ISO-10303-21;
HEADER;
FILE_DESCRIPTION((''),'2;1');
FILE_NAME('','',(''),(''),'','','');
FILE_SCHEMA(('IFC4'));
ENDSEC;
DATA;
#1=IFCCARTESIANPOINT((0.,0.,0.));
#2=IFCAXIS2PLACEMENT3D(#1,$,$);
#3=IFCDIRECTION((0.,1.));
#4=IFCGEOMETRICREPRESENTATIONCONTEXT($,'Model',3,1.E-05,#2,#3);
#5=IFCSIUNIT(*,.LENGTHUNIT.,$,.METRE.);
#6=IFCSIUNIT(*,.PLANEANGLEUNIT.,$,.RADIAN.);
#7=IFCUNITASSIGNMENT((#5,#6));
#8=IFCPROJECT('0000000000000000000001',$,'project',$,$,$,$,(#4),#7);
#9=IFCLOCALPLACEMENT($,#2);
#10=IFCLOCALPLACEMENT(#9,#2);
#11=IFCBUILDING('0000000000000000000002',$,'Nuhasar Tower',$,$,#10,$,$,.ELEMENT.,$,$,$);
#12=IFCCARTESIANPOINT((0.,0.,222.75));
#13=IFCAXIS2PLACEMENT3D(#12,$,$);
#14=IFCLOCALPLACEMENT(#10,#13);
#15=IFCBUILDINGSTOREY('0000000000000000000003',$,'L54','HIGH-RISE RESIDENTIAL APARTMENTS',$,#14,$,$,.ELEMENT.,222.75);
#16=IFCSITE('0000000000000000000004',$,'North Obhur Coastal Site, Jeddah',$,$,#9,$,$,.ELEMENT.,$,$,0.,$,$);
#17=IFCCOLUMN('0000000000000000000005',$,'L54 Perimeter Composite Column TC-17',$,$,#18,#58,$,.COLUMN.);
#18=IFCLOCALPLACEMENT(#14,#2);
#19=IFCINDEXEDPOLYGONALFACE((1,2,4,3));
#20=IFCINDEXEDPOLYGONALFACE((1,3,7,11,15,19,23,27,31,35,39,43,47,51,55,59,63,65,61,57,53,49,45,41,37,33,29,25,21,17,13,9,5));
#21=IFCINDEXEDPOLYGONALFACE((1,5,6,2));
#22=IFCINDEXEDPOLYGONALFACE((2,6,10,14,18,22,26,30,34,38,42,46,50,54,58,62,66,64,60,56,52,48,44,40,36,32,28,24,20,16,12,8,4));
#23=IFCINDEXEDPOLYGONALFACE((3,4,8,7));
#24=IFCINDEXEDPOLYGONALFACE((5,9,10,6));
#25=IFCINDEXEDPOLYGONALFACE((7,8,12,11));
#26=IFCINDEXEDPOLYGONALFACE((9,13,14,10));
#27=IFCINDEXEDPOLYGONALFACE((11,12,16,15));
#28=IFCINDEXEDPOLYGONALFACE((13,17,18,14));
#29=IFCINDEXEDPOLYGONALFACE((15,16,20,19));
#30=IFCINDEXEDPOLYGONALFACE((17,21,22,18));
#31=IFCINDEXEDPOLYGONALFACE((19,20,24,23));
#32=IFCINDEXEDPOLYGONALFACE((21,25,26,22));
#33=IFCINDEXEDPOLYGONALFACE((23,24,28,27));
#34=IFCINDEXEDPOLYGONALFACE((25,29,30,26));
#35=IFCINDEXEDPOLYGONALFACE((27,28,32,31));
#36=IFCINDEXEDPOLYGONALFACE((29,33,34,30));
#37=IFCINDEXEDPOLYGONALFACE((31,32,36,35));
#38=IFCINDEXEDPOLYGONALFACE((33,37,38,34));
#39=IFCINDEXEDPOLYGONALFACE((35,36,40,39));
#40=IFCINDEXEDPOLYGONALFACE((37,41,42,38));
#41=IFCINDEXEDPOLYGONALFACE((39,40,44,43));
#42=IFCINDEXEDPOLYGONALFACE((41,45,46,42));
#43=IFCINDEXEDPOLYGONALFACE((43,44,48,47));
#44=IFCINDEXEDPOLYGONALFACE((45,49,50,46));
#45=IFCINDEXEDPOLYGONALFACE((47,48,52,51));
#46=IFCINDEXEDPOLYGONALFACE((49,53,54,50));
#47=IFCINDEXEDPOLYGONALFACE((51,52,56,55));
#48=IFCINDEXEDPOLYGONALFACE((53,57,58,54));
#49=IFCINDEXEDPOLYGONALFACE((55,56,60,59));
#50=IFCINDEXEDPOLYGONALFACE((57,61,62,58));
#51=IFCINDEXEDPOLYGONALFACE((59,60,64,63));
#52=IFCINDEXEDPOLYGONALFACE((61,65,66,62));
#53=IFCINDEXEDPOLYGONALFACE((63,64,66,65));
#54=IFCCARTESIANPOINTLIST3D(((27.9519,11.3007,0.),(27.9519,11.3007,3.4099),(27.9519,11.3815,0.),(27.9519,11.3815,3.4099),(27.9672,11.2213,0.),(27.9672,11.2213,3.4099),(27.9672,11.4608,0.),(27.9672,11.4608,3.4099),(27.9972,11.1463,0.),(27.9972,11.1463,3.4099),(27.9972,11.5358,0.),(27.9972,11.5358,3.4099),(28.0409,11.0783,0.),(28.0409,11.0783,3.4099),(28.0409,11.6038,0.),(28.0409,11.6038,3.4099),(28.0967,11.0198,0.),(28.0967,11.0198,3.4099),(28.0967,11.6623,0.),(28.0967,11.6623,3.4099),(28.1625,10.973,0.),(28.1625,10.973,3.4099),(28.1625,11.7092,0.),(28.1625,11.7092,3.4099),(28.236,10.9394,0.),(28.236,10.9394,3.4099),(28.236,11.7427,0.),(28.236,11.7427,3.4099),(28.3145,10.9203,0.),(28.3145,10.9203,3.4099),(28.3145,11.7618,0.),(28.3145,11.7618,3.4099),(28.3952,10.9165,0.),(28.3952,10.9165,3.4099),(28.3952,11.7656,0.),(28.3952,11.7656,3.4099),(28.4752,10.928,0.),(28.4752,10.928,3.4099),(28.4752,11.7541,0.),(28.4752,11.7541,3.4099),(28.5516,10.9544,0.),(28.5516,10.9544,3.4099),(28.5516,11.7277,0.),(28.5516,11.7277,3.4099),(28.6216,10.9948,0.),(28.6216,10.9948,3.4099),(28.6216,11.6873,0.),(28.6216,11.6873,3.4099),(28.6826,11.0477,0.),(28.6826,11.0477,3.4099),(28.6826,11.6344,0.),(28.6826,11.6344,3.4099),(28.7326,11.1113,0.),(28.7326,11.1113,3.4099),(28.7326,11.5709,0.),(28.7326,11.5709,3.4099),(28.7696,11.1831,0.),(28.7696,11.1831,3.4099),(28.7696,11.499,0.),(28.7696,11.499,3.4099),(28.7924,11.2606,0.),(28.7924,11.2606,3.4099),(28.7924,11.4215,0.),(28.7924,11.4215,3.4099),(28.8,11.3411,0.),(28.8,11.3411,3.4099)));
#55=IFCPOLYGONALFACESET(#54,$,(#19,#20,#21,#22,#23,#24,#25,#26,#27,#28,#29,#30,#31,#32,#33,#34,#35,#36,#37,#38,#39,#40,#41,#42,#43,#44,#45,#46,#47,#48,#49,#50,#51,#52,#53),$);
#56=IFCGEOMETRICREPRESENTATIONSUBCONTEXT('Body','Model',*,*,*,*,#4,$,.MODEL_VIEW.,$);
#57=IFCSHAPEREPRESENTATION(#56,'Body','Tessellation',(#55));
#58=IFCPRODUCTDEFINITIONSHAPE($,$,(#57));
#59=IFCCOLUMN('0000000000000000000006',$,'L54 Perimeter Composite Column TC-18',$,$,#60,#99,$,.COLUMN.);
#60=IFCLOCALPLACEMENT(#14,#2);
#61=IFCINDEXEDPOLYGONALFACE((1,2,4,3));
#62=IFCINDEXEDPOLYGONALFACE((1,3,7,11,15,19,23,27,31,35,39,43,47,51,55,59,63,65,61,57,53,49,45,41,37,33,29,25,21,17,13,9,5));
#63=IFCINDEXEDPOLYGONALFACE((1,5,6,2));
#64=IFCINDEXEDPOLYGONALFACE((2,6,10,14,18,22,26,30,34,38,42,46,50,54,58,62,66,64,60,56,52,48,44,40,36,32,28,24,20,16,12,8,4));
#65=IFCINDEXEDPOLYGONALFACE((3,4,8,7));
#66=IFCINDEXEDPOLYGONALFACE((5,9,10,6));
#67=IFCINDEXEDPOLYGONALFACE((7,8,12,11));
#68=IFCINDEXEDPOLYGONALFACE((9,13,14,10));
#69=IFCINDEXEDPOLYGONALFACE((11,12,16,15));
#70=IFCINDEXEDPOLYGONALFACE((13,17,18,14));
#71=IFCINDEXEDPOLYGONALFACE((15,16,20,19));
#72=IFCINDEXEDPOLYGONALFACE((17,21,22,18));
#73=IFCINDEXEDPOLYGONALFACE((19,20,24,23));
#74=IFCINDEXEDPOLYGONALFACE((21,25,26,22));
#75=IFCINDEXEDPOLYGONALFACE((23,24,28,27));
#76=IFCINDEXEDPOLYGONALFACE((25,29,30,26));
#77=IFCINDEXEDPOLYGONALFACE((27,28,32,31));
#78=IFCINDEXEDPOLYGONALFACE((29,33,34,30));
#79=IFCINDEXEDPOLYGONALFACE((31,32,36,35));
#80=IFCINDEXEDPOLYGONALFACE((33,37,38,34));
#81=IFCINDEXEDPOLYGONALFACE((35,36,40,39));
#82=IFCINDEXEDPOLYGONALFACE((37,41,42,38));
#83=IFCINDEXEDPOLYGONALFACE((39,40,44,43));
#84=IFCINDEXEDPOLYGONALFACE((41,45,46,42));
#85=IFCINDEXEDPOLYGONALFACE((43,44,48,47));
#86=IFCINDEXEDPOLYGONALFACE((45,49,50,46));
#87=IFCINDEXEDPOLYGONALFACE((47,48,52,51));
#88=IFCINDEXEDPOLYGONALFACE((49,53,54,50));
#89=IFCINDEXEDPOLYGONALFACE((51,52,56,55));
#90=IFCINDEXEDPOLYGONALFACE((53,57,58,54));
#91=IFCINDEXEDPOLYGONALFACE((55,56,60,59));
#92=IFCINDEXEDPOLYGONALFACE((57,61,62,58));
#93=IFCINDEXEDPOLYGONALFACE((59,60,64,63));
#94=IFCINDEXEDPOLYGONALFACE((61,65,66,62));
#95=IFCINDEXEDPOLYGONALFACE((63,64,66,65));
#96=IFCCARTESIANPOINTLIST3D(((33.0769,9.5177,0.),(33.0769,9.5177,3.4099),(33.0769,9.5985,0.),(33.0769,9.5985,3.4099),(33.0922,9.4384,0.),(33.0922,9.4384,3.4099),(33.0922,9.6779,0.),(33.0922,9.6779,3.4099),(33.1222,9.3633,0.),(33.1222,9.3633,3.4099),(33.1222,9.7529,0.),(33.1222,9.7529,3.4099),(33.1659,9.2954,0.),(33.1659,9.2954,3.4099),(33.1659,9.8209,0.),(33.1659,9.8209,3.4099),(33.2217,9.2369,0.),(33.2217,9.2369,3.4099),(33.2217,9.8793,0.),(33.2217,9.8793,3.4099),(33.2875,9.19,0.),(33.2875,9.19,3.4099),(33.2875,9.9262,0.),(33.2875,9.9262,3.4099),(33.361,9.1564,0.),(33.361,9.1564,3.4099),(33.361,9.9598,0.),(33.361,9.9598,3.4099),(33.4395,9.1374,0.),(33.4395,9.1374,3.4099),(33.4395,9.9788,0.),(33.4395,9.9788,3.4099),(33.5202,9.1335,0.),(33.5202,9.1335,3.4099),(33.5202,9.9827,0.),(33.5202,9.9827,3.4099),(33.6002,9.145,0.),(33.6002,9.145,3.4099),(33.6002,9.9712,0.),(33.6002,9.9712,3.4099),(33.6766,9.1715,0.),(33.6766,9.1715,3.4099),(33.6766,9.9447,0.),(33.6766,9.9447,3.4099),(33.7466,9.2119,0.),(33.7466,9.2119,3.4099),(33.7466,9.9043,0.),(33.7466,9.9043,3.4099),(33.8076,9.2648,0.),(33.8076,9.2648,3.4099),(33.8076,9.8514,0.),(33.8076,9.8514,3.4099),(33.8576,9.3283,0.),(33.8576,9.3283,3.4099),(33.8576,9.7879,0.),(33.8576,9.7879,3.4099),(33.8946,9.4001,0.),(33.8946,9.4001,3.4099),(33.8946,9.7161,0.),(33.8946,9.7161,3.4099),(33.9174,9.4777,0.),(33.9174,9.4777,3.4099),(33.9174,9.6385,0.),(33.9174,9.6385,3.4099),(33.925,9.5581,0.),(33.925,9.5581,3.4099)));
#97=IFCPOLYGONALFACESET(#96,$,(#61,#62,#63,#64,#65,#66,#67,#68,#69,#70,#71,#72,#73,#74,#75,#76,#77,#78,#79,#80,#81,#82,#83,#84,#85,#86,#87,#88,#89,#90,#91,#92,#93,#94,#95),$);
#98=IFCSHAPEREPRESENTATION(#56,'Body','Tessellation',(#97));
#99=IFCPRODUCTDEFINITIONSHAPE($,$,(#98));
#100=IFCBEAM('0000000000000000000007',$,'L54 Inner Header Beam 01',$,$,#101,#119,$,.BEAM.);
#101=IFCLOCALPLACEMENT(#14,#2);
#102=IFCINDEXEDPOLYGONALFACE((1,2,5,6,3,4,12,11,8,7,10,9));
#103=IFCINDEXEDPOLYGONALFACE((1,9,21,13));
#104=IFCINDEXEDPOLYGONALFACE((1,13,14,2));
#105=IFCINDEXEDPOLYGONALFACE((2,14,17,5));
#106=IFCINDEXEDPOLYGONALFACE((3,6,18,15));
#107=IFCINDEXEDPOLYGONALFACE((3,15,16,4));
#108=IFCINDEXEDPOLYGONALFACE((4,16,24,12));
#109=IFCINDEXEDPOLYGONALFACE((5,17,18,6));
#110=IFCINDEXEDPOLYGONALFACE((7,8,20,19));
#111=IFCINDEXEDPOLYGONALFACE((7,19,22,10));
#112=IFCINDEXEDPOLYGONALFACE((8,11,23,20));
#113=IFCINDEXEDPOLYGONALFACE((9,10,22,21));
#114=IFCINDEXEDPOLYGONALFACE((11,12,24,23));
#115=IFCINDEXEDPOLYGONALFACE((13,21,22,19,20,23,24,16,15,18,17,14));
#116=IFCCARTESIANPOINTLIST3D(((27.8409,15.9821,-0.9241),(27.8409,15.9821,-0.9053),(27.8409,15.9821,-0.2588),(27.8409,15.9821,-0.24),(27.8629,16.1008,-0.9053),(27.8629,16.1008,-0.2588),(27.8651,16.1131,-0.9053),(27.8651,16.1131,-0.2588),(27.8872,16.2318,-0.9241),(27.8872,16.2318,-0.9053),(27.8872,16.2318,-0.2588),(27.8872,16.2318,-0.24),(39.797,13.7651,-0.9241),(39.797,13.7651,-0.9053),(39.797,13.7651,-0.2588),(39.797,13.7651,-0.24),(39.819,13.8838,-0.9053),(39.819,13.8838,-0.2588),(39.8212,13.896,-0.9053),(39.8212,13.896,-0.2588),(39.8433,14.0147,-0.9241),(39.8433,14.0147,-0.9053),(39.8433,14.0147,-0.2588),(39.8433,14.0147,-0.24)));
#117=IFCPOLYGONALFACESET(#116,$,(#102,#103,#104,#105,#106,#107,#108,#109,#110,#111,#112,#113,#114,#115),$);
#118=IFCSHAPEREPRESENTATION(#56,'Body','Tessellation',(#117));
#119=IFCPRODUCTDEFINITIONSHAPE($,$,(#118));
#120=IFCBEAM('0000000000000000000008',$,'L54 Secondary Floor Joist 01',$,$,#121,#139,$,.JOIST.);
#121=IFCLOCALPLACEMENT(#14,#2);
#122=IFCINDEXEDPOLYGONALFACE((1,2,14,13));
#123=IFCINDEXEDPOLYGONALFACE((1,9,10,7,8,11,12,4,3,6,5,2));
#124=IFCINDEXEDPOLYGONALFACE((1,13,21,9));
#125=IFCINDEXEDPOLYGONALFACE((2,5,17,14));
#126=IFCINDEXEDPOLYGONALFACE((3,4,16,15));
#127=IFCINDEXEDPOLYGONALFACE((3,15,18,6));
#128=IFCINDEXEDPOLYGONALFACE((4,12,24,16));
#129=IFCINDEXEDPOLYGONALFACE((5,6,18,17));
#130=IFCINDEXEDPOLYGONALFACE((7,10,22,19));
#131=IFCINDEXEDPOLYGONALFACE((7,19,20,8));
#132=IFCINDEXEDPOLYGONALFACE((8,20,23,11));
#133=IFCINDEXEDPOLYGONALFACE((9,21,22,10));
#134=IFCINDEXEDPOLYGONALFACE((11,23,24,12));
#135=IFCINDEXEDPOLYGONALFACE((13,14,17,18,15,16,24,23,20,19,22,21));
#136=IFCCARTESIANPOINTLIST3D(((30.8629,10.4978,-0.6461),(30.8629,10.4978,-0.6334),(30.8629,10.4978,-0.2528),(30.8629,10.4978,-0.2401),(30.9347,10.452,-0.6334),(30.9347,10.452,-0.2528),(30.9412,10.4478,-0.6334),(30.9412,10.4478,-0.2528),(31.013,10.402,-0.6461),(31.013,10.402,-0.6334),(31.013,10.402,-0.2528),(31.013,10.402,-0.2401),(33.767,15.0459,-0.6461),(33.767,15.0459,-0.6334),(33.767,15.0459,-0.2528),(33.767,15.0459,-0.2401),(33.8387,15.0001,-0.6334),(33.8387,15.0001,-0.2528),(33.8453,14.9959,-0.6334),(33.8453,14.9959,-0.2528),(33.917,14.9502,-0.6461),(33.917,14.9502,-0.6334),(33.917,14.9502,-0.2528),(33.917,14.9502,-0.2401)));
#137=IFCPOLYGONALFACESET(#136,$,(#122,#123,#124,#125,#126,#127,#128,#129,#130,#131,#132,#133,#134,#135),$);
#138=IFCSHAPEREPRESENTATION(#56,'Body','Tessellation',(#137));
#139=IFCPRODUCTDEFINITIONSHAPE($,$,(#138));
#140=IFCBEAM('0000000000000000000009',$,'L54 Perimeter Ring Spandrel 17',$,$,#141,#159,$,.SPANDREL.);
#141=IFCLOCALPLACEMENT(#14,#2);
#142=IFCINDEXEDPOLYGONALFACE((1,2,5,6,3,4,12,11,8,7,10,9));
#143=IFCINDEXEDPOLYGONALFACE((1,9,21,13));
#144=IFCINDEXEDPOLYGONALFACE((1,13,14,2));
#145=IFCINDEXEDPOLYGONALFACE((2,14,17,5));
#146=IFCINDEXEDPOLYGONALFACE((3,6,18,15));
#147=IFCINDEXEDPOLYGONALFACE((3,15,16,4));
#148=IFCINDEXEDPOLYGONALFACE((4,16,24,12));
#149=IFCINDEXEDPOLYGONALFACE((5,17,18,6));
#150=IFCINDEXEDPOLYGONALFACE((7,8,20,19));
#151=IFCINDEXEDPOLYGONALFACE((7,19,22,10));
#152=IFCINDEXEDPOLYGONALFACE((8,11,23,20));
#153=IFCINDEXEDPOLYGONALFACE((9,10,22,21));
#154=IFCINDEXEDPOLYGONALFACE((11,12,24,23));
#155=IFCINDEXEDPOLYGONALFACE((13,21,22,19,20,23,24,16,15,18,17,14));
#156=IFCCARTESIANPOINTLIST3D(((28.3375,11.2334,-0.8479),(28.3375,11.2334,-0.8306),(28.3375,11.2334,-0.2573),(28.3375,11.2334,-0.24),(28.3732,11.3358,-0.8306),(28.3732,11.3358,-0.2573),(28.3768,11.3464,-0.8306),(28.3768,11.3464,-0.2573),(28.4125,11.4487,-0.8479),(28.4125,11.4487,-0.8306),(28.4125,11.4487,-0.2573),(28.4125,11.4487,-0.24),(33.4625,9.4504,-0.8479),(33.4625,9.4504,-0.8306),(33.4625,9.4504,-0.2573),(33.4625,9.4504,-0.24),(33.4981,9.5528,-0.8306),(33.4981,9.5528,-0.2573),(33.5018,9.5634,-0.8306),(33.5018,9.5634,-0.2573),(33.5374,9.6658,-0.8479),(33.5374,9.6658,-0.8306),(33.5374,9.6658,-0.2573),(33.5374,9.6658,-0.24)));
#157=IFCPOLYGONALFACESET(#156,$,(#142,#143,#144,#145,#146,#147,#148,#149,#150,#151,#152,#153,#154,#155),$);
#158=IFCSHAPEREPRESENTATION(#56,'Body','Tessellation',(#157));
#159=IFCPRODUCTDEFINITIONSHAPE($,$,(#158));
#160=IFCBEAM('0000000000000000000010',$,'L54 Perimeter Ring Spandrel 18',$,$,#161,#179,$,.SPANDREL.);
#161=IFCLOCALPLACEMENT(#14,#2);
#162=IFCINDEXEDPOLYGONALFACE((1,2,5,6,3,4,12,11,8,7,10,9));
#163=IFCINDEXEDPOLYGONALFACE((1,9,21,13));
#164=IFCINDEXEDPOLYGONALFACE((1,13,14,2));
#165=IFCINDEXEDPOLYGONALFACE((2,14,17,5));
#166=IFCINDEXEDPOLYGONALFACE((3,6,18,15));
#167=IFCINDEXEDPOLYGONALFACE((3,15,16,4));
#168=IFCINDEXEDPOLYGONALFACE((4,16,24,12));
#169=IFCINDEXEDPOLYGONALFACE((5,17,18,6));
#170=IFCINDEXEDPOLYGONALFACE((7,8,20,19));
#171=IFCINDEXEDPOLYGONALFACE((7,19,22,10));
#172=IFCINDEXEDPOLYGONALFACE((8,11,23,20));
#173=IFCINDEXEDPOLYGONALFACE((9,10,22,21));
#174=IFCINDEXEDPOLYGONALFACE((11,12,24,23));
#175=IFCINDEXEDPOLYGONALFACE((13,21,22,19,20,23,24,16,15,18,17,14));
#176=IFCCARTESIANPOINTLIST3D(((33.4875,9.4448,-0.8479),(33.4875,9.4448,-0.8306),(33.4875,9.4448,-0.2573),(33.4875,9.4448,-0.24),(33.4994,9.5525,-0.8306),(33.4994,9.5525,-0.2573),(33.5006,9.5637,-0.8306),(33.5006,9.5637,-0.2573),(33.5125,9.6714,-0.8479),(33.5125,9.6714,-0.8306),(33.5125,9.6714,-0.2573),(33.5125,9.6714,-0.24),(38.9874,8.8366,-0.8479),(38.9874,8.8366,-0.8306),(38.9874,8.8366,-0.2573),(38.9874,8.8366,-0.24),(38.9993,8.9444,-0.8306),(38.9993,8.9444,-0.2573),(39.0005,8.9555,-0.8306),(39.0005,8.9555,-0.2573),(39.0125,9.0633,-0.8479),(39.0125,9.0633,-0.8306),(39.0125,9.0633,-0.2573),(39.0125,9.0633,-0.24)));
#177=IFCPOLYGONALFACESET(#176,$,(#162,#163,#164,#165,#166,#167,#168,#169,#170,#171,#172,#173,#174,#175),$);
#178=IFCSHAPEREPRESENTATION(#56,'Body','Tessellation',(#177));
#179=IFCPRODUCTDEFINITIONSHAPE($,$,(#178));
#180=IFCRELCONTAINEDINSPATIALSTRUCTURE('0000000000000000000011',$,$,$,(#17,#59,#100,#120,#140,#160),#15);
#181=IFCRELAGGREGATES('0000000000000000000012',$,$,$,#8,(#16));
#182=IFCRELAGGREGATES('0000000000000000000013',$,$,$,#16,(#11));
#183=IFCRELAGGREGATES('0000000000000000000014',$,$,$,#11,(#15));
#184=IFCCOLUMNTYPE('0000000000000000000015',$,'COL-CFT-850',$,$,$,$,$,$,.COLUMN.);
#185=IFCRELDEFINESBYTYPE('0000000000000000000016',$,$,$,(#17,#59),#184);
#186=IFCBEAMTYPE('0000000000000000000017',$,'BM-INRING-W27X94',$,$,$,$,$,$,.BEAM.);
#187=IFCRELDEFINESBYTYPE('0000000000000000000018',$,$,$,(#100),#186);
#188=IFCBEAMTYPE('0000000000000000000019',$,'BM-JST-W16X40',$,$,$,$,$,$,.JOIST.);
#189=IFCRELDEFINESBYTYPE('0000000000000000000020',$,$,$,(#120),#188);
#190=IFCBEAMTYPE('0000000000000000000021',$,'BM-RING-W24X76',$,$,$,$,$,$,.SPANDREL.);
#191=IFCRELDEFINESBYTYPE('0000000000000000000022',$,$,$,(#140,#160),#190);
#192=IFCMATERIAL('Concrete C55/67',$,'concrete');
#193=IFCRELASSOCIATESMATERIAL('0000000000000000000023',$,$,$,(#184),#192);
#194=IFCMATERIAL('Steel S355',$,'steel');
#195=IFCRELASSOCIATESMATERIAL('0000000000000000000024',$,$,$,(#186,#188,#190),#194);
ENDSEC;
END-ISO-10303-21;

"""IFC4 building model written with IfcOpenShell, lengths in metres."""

from ifc_helpers import new_model, si_unit, direction, frame, origin, origin_2d, place, context, subcontext, project, spatial, circle, i_section, extrude, material, material_profile, profile_set, type_object, element, save


model = new_model("IFC4")

# Units and contexts
model_context = context("Model", 3, precision=1e-05, world=origin(), true_north=direction((0.0, 1.0)))
body_context = subcontext(model_context, "Body", "Model", "MODEL_VIEW")
ifc_project = project(units=[si_unit("LENGTHUNIT", "METRE"), si_unit("PLANEANGLEUNIT", "RADIAN")], contexts=[model_context])

# Site, building, storey
site_placement = place(None, origin())
site = spatial("IfcSite", under=ifc_project, at=site_placement, Name="North Obhur Coastal Site, Jeddah", CompositionType="ELEMENT", RefElevation=0.0)
building_placement = place(site_placement, origin())
building = spatial("IfcBuilding", under=site, at=building_placement, Name="Nuhasar Tower", CompositionType="ELEMENT")
storey_placement = place(building_placement, frame((0.0, 0.0, 222.75)))
storey = spatial("IfcBuildingStorey", under=building, at=storey_placement, Name="L54", Description="HIGH-RISE RESIDENTIAL APARTMENTS", CompositionType="ELEMENT", Elevation=222.75)

# Columns
ifc_material_1 = material(Name="Concrete C55/67", Category="concrete")
ifc_material_profile_1 = material_profile(ifc_material_1, circle(Radius=0.425, at=origin_2d()), Name="CFT850")
ifc_profile_set_1 = profile_set([ifc_material_profile_1], Name="Concrete C55/67")
column_type = type_object("IfcColumnType", Name="COL-CFT-850", PredefinedType="COLUMN", material=ifc_profile_set_1)
for number, where, z_axis, x_axis, name in (
    (1, (28.375, 11.3411, 0.0), (0.0, 0.0, 1.0), (1.0, 0.0, 0.0), "L54 Perimeter Composite Column TC-17"),
    (2, (33.5, 9.5581, 0.0), (0.0, 0.0, 1.0), (1.0, 0.0, 0.0), "L54 Perimeter Composite Column TC-18"),
):
    element("IfcColumn", number, at=place(storey_placement, frame(where, z_axis=z_axis, x_axis=x_axis)), inside=storey, type_object=column_type, Name=name, PredefinedType="COLUMN", context=body_context, shape_type="SweptSolid", body=[
        extrude(circle(Radius=0.425, at=origin_2d()), origin(), (0.0, 0.0, 1.0), 3.4099),
    ])

# Beams
ifc_material_2 = material(Name="Steel S355", Category="steel")
ifc_material_profile_2 = material_profile(ifc_material_2, i_section(OverallWidth=0.2539, OverallDepth=0.6841, WebThickness=0.0125, FlangeThickness=0.0188, at=origin_2d()), Name="W27X94")
ifc_profile_set_2 = profile_set([ifc_material_profile_2], Name="Steel S355")
beam_type_1 = type_object("IfcBeamType", Name="BM-INRING-W27X94", PredefinedType="BEAM", material=ifc_profile_set_2)
beam_1_placement = place(storey_placement, frame((27.864, 16.1069, -0.582), z_axis=(0.983238, -0.182324, 0.0), x_axis=(0.182324, 0.983238, 0.0)))
element("IfcBeam", 3, at=beam_1_placement, inside=storey, type_object=beam_type_1, Name="L54 Inner Header Beam 01", PredefinedType="BEAM", context=body_context, shape_type="SweptSolid", body=[
    extrude(i_section(OverallWidth=0.2539, OverallDepth=0.6841, WebThickness=0.0125, FlangeThickness=0.0188, at=origin_2d()), origin(), (0.0, 0.0, 1.0), 12.1599),
])
ifc_material_profile_3 = material_profile(ifc_material_2, i_section(OverallWidth=0.178, OverallDepth=0.406, WebThickness=0.0078, FlangeThickness=0.0127, at=origin_2d()), Name="W16X40")
ifc_profile_set_3 = profile_set([ifc_material_profile_3], Name="Steel S355")
beam_type_2 = type_object("IfcBeamType", Name="BM-JST-W16X40", PredefinedType="JOIST", material=ifc_profile_set_3)
beam_2_placement = place(storey_placement, frame((33.842, 14.998, -0.4431), z_axis=(-0.538169, -0.842837, 0.0), x_axis=(0.842837, -0.538169, 0.0)))
element("IfcBeam", 4, at=beam_2_placement, inside=storey, type_object=beam_type_2, Name="L54 Secondary Floor Joist 01", PredefinedType="JOIST", context=body_context, shape_type="SweptSolid", body=[
    extrude(i_section(OverallWidth=0.178, OverallDepth=0.406, WebThickness=0.0078, FlangeThickness=0.0127, at=origin_2d()), origin(), (0.0, 0.0, 1.0), 5.3962),
])
ifc_material_profile_4 = material_profile(ifc_material_2, i_section(OverallWidth=0.228, OverallDepth=0.6079, WebThickness=0.0112, FlangeThickness=0.0173, at=origin_2d()), Name="W24X76")
ifc_profile_set_4 = profile_set([ifc_material_profile_4], Name="Steel S355")
beam_type_3 = type_object("IfcBeamType", Name="BM-RING-W24X76", PredefinedType="SPANDREL", material=ifc_profile_set_4)
beam_3_placement = place(storey_placement, frame((28.375, 11.3411, -0.5439), z_axis=(0.944477, -0.328578, 0.0), x_axis=(0.328578, 0.944477, 0.0)))
element("IfcBeam", 5, at=beam_3_placement, inside=storey, type_object=beam_type_3, Name="L54 Perimeter Ring Spandrel 17", PredefinedType="SPANDREL", context=body_context, shape_type="SweptSolid", body=[
    extrude(i_section(OverallWidth=0.228, OverallDepth=0.6079, WebThickness=0.0112, FlangeThickness=0.0173, at=origin_2d()), origin(), (0.0, 0.0, 1.0), 5.4263),
])
beam_4_placement = place(storey_placement, frame((33.5, 9.5581, -0.5439), z_axis=(0.993942, -0.109904, 0.0), x_axis=(0.109904, 0.993942, 0.0)))
element("IfcBeam", 6, at=beam_4_placement, inside=storey, type_object=beam_type_3, Name="L54 Perimeter Ring Spandrel 18", PredefinedType="SPANDREL", context=body_context, shape_type="SweptSolid", body=[
    extrude(i_section(OverallWidth=0.228, OverallDepth=0.6079, WebThickness=0.0112, FlangeThickness=0.0173, at=origin_2d()), origin(), (0.0, 0.0, 1.0), 5.5334),
])

save(model, "model.ifc")
